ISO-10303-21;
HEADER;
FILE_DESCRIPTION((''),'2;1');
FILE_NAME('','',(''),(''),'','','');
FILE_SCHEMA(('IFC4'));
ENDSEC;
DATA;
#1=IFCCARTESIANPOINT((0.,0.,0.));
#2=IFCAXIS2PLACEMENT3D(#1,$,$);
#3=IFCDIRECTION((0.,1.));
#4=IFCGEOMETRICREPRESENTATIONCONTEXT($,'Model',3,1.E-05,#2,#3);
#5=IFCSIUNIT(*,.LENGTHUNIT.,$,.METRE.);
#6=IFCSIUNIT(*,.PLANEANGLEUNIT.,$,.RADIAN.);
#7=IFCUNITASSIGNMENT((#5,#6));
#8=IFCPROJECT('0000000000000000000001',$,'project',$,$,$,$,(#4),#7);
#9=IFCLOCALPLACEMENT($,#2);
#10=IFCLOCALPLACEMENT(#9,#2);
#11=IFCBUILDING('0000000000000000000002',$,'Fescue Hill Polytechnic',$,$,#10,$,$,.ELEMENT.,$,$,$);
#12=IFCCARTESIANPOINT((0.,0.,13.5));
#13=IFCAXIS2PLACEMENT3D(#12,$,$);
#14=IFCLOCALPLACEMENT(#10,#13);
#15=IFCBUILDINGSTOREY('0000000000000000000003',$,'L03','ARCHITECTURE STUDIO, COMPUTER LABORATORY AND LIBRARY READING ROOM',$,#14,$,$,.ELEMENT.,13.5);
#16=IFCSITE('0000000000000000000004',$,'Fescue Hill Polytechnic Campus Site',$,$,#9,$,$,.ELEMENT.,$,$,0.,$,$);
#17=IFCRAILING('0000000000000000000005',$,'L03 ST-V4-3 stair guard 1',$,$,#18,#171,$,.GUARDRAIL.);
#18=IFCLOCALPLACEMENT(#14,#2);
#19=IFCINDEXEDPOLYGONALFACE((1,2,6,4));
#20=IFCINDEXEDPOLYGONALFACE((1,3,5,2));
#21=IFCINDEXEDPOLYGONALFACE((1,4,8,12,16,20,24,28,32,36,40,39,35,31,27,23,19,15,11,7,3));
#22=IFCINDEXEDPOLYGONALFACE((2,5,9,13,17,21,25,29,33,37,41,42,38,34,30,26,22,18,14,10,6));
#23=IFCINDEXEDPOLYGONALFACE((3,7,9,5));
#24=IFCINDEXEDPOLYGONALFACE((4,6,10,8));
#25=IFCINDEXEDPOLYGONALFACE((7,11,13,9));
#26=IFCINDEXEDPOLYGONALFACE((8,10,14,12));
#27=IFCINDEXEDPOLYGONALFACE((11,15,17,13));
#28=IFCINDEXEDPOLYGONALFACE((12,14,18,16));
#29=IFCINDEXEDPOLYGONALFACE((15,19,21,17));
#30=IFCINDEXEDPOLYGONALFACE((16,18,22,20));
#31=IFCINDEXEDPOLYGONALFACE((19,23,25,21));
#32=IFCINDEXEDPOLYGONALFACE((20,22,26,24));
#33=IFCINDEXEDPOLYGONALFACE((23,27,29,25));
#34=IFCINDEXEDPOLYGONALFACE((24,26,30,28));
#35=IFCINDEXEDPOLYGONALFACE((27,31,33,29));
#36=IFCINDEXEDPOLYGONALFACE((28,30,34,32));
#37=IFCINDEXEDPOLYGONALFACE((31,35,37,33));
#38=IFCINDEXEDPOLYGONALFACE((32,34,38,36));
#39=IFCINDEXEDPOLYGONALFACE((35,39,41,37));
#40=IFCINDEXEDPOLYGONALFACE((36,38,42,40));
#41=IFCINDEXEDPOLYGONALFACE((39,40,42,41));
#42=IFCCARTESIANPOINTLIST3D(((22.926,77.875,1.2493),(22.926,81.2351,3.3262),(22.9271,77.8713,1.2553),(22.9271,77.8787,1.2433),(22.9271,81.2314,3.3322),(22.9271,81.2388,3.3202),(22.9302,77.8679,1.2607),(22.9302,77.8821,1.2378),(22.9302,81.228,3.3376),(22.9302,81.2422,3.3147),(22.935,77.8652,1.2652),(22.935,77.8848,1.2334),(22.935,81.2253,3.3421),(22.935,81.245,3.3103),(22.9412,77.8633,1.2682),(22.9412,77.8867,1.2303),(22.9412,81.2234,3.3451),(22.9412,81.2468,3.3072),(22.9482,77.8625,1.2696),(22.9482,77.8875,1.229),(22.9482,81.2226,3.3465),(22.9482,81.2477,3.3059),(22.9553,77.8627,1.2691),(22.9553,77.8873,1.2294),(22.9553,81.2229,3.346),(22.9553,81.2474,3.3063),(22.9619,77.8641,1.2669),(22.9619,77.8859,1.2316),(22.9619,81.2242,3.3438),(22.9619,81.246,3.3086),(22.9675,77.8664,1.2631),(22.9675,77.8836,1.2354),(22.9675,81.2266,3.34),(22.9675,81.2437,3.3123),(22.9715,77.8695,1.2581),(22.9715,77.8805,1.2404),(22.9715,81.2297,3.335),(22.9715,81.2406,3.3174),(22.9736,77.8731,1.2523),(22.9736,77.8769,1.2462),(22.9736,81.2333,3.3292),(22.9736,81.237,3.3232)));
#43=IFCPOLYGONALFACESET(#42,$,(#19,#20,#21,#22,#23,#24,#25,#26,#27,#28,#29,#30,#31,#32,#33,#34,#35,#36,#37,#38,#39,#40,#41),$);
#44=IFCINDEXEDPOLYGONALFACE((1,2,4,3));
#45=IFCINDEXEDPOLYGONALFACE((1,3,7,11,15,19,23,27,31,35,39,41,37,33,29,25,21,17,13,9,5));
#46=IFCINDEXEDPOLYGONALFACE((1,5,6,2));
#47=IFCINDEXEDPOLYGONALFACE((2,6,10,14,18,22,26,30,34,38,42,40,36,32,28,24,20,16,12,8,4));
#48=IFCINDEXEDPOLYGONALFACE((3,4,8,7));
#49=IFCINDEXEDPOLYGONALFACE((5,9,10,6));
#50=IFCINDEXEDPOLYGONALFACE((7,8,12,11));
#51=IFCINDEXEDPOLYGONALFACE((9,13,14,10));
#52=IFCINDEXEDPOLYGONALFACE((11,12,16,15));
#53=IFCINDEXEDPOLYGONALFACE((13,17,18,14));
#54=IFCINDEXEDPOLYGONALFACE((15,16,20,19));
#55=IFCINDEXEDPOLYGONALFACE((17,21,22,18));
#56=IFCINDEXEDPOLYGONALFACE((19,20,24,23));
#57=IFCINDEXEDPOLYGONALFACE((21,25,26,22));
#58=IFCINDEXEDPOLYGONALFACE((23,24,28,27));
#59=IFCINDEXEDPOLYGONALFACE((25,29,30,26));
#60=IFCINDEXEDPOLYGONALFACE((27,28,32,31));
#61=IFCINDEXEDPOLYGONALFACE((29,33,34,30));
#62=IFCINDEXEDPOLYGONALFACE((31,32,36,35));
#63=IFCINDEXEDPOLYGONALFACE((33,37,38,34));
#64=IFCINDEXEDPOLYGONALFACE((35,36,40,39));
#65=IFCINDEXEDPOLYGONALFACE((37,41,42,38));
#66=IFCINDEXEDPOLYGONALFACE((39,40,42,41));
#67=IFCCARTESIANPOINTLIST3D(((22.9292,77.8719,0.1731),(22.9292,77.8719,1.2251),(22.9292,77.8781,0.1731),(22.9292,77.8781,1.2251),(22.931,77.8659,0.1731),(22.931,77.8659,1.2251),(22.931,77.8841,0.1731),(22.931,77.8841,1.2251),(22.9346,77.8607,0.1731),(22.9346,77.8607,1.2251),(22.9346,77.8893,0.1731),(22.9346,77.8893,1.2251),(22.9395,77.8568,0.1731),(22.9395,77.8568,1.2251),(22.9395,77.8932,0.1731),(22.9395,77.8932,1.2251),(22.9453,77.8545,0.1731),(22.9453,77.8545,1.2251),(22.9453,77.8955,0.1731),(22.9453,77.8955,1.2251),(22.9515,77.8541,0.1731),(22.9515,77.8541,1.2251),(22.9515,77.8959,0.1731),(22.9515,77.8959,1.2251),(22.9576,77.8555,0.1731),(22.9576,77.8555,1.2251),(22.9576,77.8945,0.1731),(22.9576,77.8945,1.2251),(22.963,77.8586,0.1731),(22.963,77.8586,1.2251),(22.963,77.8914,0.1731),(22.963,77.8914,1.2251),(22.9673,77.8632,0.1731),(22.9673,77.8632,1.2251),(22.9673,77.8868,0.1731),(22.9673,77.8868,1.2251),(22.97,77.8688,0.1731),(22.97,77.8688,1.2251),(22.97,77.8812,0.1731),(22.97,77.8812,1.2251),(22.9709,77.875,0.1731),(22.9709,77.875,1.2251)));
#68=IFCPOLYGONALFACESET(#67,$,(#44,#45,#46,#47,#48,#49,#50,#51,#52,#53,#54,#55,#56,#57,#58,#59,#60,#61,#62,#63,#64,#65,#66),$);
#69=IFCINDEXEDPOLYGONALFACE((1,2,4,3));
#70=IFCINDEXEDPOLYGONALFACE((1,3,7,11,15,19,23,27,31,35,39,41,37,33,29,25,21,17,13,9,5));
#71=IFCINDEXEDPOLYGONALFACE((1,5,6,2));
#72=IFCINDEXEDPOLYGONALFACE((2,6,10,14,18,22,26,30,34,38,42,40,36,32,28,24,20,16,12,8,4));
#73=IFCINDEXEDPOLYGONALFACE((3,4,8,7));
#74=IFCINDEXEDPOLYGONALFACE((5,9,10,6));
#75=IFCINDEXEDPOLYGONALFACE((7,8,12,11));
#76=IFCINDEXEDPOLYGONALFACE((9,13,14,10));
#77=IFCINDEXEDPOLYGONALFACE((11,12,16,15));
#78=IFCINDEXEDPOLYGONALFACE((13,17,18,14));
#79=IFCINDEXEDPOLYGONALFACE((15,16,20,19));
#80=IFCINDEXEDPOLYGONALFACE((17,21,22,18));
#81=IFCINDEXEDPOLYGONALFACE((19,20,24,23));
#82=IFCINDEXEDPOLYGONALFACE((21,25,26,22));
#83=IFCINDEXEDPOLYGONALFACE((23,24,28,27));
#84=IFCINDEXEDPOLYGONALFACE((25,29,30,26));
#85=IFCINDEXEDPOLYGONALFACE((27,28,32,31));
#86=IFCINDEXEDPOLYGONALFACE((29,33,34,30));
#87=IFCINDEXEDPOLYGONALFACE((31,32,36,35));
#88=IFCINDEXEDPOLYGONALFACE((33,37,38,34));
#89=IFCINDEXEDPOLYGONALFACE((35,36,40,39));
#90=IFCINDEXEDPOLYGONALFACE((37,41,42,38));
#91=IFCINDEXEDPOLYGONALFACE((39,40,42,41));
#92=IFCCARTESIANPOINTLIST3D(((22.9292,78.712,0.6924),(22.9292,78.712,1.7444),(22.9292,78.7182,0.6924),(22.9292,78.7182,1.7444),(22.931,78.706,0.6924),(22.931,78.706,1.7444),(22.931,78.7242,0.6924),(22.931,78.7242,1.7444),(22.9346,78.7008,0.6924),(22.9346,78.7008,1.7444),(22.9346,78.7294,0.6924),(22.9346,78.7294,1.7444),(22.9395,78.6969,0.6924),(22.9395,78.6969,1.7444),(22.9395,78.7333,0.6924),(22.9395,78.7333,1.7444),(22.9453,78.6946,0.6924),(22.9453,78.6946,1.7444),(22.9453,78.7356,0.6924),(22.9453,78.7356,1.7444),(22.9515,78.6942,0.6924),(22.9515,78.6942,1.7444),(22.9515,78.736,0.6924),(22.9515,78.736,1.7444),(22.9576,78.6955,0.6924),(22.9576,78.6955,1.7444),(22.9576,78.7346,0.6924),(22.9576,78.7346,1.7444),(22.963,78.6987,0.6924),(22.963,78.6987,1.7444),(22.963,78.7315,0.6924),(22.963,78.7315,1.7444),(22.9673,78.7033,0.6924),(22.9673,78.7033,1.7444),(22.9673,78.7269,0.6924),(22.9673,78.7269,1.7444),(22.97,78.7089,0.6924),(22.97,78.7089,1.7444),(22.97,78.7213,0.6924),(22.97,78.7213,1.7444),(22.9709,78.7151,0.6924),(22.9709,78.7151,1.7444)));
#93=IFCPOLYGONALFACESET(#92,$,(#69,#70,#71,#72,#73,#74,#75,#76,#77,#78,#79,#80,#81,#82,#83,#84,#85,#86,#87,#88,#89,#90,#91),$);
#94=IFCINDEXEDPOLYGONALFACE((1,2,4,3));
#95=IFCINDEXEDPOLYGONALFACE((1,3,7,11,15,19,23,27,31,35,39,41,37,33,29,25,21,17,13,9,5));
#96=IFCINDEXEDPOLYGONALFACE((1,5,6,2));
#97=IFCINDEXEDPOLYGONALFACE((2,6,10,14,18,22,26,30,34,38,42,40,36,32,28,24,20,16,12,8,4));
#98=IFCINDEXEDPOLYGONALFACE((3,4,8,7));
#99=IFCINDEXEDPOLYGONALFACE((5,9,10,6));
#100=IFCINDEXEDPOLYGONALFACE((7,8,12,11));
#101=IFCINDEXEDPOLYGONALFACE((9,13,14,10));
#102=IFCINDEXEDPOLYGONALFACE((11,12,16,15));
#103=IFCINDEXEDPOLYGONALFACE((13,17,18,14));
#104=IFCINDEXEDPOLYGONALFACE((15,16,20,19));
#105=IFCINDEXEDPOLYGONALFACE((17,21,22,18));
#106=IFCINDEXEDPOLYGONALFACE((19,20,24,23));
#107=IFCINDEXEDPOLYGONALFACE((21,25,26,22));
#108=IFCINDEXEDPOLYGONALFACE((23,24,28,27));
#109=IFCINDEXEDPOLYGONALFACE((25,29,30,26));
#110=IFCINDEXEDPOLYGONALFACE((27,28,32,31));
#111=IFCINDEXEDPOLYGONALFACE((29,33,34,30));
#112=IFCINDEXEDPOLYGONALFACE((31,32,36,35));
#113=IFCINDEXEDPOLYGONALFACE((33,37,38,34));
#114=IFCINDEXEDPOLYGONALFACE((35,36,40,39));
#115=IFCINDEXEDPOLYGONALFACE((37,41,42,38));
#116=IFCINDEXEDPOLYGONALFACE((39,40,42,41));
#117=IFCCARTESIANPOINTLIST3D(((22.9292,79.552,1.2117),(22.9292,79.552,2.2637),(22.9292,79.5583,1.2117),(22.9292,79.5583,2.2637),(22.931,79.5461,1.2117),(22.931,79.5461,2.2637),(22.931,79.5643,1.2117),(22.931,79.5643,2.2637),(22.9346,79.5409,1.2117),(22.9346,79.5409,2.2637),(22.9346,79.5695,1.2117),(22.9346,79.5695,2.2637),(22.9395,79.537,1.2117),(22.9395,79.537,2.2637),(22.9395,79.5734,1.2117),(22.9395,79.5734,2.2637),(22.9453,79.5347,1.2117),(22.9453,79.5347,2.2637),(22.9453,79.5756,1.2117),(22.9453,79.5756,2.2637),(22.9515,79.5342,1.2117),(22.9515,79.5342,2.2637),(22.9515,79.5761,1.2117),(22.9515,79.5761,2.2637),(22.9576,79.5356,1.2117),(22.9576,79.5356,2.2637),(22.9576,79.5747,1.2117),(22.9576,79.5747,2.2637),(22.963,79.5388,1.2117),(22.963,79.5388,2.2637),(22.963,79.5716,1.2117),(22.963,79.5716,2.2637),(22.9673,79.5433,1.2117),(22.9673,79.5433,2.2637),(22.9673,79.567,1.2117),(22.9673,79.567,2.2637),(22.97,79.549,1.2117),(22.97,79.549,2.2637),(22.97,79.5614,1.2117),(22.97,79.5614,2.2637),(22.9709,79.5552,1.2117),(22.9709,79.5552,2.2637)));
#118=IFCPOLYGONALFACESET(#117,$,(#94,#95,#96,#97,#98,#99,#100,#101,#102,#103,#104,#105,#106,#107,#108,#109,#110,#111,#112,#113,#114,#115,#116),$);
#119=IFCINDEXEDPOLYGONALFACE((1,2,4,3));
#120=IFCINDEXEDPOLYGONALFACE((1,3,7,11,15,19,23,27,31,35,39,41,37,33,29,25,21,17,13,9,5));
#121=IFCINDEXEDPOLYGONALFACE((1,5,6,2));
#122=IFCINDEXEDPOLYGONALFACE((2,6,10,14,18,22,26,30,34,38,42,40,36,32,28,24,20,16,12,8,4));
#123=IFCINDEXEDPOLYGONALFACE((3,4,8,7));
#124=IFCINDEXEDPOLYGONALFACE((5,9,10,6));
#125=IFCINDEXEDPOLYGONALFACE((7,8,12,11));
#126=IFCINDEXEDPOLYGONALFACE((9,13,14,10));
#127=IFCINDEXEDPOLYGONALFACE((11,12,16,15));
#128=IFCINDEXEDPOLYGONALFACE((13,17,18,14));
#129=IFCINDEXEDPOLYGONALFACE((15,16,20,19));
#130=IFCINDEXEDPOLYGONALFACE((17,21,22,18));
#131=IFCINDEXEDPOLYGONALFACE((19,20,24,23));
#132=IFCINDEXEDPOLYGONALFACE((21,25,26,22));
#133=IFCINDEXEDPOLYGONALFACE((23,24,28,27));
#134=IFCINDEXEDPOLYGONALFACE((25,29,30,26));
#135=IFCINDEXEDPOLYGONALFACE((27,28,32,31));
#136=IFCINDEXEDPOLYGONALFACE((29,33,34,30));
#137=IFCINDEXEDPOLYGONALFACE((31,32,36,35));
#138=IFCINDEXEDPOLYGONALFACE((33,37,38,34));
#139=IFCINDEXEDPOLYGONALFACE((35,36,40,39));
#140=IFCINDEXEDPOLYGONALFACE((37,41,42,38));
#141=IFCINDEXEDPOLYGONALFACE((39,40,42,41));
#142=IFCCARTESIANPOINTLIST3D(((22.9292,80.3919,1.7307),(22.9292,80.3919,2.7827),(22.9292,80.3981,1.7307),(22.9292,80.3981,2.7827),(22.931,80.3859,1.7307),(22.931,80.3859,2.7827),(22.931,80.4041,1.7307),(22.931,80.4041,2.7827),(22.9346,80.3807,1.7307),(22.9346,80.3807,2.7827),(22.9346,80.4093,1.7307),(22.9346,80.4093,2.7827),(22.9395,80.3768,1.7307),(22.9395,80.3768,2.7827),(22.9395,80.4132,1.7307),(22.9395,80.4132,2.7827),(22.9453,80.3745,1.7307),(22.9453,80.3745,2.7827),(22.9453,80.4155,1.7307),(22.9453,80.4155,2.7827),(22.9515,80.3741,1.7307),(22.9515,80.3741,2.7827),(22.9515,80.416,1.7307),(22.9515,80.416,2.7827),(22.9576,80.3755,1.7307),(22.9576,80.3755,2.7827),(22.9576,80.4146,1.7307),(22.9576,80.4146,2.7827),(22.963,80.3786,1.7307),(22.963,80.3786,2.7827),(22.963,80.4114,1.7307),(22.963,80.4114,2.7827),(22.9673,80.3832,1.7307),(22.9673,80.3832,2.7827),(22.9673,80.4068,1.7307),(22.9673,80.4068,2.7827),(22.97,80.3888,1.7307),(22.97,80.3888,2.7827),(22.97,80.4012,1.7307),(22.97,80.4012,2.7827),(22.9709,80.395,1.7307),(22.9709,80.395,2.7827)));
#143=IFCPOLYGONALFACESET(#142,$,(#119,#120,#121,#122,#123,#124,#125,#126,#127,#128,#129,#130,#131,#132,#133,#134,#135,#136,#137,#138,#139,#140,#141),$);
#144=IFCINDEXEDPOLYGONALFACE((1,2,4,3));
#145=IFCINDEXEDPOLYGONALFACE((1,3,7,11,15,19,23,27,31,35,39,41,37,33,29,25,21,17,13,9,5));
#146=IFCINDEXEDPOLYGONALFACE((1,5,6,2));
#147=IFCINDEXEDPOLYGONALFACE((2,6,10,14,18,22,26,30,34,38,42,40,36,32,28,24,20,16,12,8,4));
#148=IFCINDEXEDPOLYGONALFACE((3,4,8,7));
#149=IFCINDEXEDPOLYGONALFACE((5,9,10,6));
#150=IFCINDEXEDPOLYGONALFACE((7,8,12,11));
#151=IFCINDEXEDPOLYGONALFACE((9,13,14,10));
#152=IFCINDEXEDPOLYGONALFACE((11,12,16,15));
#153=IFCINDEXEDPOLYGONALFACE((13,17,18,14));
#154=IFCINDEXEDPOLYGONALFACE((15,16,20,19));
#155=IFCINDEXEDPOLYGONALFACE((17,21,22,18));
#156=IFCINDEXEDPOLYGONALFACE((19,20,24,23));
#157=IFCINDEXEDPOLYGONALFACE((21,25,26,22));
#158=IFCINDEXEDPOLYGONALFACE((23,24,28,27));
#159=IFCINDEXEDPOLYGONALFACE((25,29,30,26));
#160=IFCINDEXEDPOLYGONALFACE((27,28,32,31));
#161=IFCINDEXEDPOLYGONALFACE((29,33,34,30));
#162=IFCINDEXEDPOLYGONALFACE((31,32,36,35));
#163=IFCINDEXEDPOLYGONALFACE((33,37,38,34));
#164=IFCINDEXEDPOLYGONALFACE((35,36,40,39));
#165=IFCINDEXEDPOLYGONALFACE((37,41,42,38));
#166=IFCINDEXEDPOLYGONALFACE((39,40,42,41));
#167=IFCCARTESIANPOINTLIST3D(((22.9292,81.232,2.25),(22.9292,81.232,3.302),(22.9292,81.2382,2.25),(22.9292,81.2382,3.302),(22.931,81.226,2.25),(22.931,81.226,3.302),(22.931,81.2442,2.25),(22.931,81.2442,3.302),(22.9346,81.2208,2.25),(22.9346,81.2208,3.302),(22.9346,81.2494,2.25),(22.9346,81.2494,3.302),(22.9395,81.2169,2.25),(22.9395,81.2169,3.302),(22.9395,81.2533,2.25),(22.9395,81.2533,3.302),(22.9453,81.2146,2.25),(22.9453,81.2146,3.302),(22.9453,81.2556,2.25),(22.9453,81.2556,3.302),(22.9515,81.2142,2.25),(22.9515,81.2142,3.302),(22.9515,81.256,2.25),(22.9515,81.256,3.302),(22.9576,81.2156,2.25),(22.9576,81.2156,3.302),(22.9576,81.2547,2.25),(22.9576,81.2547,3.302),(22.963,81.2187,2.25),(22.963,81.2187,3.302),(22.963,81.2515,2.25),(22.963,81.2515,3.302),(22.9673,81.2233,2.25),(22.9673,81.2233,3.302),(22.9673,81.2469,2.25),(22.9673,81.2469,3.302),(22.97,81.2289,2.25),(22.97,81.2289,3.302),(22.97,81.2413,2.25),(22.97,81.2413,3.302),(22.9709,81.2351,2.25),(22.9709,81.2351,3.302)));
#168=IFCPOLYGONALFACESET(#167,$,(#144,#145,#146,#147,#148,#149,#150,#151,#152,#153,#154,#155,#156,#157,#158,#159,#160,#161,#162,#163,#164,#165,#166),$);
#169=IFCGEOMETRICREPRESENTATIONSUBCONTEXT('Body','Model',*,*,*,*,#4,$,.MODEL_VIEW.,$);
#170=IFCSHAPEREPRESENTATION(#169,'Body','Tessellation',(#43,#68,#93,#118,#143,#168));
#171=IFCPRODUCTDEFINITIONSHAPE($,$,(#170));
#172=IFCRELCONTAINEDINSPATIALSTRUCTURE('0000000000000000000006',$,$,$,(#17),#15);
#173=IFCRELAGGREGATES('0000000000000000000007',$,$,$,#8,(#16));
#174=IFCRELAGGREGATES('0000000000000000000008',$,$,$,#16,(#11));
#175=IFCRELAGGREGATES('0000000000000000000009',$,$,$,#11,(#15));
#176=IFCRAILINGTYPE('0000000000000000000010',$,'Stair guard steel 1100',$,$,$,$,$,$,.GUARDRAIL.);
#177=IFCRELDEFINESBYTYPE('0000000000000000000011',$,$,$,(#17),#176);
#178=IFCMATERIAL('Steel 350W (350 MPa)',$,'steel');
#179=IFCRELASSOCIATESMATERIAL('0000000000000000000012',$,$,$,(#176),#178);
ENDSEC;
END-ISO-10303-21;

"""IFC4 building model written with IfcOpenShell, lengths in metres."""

from ifc_helpers import new_model, si_unit, direction, frame, origin, origin_2d, place, context, subcontext, project, spatial, circle, extrude, material, type_object, element, save


model = new_model("IFC4")

# Units and contexts
model_context = context("Model", 3, precision=1e-05, world=origin(), true_north=direction((0.0, 1.0)))
body_context = subcontext(model_context, "Body", "Model", "MODEL_VIEW")
ifc_project = project(units=[si_unit("LENGTHUNIT", "METRE"), si_unit("PLANEANGLEUNIT", "RADIAN")], contexts=[model_context])

# Site, building, storey
site_placement = place(None, origin())
site = spatial("IfcSite", under=ifc_project, at=site_placement, Name="Fescue Hill Polytechnic Campus Site", CompositionType="ELEMENT", RefElevation=0.0)
building_placement = place(site_placement, origin())
building = spatial("IfcBuilding", under=site, at=building_placement, Name="Fescue Hill Polytechnic", CompositionType="ELEMENT")
storey_placement = place(building_placement, frame((0.0, 0.0, 13.5)))
storey = spatial("IfcBuildingStorey", under=building, at=storey_placement, Name="L03", Description="ARCHITECTURE STUDIO, COMPUTER LABORATORY AND LIBRARY READING ROOM", CompositionType="ELEMENT", Elevation=13.5)

# Railing
ifc_material_1 = material(Name="Steel 350W (350 MPa)", Category="steel")
railing_type = type_object("IfcRailingType", Name="Stair guard steel 1100", PredefinedType="GUARDRAIL", material=ifc_material_1)
railing_1_placement = place(storey_placement, frame((22.95, 77.875, 0.1731)))
element("IfcRailing", 1, at=railing_1_placement, inside=storey, type_object=railing_type, Name="L03 ST-V4-3 stair guard 1", PredefinedType="GUARDRAIL", context=body_context, shape_type="SweptSolid", body=[
    extrude(circle(Radius=0.0239, at=origin_2d()), frame((0.0, 0.0, 1.0762), z_axis=(0.0, 0.850623, 0.525776), x_axis=(-1.0, 0.0, 0.0)), (0.0, 0.0, 1.0), 3.9502),
    extrude(circle(Radius=0.021, at=origin_2d()), origin(), (0.0, 0.0, 1.0), 1.052),
    extrude(circle(Radius=0.021, at=origin_2d()), frame((0.0, 0.8401, 0.5193)), (0.0, 0.0, 1.0), 1.052),
    extrude(circle(Radius=0.021, at=origin_2d()), frame((0.0, 1.6802, 1.0386)), (0.0, 0.0, 1.0), 1.052),
    extrude(circle(Radius=0.021, at=origin_2d()), frame((0.0, 2.52, 1.5576)), (0.0, 0.0, 1.0), 1.052),
    extrude(circle(Radius=0.021, at=origin_2d()), frame((0.0, 3.3601, 2.0769)), (0.0, 0.0, 1.0), 1.052),
])

save(model, "model.ifc")
